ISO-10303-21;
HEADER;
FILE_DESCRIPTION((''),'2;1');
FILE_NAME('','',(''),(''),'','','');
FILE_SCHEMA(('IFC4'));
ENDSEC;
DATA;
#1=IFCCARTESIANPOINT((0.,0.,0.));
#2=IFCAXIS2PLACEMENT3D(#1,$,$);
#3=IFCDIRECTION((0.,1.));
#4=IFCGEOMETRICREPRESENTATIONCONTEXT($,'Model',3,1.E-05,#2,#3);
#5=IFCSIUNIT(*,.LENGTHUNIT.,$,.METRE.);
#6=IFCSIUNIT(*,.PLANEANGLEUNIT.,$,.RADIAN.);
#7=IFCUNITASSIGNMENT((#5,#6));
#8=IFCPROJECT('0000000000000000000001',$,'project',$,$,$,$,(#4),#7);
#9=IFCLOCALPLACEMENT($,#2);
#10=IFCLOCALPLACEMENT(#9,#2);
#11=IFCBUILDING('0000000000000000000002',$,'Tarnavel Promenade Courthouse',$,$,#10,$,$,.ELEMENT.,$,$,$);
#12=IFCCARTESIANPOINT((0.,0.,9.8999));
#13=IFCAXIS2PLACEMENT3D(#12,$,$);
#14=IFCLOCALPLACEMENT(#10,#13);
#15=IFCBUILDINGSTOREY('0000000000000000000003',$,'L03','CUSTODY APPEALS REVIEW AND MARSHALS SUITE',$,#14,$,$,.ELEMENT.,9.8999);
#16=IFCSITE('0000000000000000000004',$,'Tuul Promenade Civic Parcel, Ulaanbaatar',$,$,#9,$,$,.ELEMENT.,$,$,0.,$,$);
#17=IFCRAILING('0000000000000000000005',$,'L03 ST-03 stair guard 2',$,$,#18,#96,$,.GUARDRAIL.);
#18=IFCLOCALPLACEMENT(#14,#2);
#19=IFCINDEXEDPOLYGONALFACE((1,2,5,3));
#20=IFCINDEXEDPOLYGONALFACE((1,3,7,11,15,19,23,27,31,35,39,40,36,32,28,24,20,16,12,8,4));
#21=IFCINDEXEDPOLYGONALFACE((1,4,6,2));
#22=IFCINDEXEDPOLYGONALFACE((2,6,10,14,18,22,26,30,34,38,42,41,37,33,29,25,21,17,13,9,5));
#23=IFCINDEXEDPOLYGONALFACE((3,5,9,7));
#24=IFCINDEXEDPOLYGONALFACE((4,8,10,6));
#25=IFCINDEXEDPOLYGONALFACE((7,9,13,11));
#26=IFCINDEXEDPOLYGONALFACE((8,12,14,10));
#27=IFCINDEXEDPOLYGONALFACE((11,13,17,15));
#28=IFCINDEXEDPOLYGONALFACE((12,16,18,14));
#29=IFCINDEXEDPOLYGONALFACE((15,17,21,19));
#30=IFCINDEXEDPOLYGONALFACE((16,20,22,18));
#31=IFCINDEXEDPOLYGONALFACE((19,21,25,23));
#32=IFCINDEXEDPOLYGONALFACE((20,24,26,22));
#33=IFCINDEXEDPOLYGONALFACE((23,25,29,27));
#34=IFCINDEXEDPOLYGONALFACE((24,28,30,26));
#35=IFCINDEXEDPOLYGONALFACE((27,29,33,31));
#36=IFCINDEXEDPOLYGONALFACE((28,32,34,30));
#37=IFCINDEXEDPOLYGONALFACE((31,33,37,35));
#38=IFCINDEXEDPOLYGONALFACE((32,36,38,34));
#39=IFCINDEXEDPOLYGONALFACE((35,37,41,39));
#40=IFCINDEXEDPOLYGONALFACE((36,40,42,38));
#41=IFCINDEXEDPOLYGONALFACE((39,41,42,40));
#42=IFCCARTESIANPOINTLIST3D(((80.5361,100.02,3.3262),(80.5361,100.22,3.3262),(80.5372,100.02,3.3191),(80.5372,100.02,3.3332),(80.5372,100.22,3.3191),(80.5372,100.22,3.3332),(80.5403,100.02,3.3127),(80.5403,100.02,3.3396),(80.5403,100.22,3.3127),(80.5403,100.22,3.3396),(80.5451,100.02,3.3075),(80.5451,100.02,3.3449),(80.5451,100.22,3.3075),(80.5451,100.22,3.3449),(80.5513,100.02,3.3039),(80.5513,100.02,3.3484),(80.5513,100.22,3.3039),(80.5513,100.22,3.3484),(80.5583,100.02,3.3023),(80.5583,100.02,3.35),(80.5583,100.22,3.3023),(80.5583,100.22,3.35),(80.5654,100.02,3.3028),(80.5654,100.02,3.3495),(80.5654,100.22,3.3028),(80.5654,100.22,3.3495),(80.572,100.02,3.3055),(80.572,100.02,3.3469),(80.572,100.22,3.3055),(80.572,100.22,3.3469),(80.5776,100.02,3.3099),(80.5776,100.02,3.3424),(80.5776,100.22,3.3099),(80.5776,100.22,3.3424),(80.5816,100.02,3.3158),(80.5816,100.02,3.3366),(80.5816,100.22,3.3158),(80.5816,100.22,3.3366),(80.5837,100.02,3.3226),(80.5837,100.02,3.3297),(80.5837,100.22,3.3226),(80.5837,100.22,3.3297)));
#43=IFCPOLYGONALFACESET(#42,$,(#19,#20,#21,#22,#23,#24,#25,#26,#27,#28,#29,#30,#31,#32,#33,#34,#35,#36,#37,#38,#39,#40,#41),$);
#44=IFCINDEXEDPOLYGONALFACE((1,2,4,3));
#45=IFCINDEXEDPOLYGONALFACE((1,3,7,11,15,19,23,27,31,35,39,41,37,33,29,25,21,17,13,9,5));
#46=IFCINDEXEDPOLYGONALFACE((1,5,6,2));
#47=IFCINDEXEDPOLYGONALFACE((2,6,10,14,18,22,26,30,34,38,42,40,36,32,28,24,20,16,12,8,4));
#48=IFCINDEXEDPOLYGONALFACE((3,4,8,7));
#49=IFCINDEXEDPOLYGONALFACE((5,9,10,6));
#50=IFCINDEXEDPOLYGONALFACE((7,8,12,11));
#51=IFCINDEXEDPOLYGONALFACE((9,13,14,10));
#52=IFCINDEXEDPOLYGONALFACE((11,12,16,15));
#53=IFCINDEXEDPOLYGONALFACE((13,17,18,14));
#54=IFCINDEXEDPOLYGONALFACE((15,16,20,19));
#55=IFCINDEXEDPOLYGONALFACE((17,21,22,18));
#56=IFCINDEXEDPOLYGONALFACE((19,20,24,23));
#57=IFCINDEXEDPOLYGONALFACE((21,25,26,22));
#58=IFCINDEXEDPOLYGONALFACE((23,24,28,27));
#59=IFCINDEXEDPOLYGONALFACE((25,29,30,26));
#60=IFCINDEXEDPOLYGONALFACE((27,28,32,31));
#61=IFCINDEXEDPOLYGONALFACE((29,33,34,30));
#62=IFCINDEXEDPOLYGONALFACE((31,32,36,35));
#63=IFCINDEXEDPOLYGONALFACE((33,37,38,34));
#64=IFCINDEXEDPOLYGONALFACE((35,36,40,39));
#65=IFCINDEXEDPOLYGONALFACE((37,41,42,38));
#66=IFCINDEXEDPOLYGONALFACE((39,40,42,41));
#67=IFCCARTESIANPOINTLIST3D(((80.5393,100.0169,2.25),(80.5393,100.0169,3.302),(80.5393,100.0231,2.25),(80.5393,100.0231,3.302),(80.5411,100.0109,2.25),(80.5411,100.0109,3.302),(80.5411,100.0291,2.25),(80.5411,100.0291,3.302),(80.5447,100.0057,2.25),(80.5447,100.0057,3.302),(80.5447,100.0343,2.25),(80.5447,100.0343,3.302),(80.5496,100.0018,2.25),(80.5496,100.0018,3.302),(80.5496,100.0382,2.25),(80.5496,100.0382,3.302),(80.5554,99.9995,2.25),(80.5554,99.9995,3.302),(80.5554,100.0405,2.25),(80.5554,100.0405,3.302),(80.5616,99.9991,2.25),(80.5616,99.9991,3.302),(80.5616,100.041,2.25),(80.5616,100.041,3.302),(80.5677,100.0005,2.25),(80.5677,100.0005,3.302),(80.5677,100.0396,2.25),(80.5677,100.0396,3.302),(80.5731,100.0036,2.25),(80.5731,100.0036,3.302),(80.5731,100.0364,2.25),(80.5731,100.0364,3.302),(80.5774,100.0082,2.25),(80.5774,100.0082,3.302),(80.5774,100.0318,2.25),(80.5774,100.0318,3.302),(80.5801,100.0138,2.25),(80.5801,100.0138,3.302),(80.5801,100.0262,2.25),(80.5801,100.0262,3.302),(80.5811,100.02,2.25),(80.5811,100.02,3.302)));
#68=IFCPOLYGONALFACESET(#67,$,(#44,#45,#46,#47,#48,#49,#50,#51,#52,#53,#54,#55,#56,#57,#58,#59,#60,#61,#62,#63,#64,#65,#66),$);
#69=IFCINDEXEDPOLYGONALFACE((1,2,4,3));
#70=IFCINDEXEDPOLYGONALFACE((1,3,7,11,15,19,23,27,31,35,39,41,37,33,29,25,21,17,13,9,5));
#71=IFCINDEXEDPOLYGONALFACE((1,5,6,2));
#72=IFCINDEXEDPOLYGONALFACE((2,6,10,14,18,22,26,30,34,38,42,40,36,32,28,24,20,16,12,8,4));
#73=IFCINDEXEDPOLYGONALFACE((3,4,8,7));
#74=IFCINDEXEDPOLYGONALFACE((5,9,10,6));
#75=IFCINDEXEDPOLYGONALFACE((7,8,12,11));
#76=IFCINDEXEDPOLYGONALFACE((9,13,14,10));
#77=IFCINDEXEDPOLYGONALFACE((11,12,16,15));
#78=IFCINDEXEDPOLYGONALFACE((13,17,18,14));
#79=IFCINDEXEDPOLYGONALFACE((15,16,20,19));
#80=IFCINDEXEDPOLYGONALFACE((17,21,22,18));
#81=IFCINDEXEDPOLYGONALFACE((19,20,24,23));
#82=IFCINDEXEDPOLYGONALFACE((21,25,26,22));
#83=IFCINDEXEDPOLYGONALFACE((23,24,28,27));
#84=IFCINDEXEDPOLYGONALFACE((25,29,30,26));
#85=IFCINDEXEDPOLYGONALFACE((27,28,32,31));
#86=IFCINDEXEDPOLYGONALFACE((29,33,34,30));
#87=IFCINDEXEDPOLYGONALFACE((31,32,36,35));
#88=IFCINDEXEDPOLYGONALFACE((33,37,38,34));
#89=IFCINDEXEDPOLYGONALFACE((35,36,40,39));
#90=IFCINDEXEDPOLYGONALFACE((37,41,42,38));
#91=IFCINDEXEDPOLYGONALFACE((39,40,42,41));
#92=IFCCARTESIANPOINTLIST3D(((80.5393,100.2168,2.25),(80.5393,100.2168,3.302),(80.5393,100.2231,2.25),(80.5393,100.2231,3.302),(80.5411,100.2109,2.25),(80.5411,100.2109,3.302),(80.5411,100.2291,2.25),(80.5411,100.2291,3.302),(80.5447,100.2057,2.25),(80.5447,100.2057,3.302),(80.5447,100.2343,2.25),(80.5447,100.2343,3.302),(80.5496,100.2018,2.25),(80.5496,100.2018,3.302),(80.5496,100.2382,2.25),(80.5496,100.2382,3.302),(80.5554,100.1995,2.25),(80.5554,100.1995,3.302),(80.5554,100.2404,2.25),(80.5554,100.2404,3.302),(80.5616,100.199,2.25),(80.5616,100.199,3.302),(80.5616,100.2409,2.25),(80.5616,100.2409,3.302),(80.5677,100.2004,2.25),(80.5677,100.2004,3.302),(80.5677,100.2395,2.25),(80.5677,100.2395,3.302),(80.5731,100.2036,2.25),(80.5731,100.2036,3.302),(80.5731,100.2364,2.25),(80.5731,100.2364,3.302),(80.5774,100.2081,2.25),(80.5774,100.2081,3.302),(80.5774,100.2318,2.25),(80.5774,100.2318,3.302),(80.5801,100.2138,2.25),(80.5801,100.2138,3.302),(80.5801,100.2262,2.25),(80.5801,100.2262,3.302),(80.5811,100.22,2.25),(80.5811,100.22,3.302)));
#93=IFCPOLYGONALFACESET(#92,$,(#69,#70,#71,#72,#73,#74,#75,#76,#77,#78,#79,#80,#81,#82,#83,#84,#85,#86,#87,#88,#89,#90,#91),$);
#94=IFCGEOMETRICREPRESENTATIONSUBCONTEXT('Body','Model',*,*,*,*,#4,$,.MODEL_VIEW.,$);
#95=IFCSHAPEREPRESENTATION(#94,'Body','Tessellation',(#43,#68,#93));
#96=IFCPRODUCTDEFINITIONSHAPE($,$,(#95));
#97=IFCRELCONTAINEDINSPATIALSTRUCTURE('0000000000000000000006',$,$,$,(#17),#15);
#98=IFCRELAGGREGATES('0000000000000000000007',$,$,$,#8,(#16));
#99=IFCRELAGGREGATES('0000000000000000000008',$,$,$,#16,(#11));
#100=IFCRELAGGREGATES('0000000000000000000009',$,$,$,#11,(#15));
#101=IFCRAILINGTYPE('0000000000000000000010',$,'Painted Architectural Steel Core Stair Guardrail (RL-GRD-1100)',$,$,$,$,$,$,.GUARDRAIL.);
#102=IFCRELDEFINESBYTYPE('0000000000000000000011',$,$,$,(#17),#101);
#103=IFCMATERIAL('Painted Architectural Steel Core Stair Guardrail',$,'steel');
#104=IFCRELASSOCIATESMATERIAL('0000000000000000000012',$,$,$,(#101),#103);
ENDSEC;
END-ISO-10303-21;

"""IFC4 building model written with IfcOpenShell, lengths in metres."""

from ifc_helpers import new_model, si_unit, direction, frame, origin, origin_2d, place, context, subcontext, project, spatial, circle, extrude, material, type_object, element, save


model = new_model("IFC4")

# Units and contexts
model_context = context("Model", 3, precision=1e-05, world=origin(), true_north=direction((0.0, 1.0)))
body_context = subcontext(model_context, "Body", "Model", "MODEL_VIEW")
ifc_project = project(units=[si_unit("LENGTHUNIT", "METRE"), si_unit("PLANEANGLEUNIT", "RADIAN")], contexts=[model_context])

# Site, building, storey
site_placement = place(None, origin())
site = spatial("IfcSite", under=ifc_project, at=site_placement, Name="Tuul Promenade Civic Parcel, Ulaanbaatar", CompositionType="ELEMENT", RefElevation=0.0)
building_placement = place(site_placement, origin())
building = spatial("IfcBuilding", under=site, at=building_placement, Name="Tarnavel Promenade Courthouse", CompositionType="ELEMENT")
storey_placement = place(building_placement, frame((0.0, 0.0, 9.8999)))
storey = spatial("IfcBuildingStorey", under=building, at=storey_placement, Name="L03", Description="CUSTODY APPEALS REVIEW AND MARSHALS SUITE", CompositionType="ELEMENT", Elevation=9.8999)

# Railing
ifc_material_1 = material(Name="Painted Architectural Steel Core Stair Guardrail", Category="steel")
railing_type_1 = type_object("IfcRailingType", Name="Painted Architectural Steel Core Stair Guardrail (RL-GRD-1100)", PredefinedType="GUARDRAIL", material=ifc_material_1)
railing_1_placement = place(storey_placement, frame((80.5601, 100.02, 2.25)))
element("IfcRailing", 1, at=railing_1_placement, inside=storey, type_object=railing_type_1, Name="L03 ST-03 stair guard 2", PredefinedType="GUARDRAIL", context=body_context, shape_type="SweptSolid", body=[
    extrude(circle(Radius=0.0239, at=origin_2d()), frame((0.0, 0.0, 1.0762), z_axis=(0.0, 1.0, 0.0), x_axis=(-1.0, 0.0, 0.0)), (0.0, 0.0, 1.0), 0.2),
    extrude(circle(Radius=0.021, at=origin_2d()), origin(), (0.0, 0.0, 1.0), 1.052),
    extrude(circle(Radius=0.021, at=origin_2d()), frame((0.0, 0.2, 0.0)), (0.0, 0.0, 1.0), 1.052),
])

save(model, "model.ifc")
